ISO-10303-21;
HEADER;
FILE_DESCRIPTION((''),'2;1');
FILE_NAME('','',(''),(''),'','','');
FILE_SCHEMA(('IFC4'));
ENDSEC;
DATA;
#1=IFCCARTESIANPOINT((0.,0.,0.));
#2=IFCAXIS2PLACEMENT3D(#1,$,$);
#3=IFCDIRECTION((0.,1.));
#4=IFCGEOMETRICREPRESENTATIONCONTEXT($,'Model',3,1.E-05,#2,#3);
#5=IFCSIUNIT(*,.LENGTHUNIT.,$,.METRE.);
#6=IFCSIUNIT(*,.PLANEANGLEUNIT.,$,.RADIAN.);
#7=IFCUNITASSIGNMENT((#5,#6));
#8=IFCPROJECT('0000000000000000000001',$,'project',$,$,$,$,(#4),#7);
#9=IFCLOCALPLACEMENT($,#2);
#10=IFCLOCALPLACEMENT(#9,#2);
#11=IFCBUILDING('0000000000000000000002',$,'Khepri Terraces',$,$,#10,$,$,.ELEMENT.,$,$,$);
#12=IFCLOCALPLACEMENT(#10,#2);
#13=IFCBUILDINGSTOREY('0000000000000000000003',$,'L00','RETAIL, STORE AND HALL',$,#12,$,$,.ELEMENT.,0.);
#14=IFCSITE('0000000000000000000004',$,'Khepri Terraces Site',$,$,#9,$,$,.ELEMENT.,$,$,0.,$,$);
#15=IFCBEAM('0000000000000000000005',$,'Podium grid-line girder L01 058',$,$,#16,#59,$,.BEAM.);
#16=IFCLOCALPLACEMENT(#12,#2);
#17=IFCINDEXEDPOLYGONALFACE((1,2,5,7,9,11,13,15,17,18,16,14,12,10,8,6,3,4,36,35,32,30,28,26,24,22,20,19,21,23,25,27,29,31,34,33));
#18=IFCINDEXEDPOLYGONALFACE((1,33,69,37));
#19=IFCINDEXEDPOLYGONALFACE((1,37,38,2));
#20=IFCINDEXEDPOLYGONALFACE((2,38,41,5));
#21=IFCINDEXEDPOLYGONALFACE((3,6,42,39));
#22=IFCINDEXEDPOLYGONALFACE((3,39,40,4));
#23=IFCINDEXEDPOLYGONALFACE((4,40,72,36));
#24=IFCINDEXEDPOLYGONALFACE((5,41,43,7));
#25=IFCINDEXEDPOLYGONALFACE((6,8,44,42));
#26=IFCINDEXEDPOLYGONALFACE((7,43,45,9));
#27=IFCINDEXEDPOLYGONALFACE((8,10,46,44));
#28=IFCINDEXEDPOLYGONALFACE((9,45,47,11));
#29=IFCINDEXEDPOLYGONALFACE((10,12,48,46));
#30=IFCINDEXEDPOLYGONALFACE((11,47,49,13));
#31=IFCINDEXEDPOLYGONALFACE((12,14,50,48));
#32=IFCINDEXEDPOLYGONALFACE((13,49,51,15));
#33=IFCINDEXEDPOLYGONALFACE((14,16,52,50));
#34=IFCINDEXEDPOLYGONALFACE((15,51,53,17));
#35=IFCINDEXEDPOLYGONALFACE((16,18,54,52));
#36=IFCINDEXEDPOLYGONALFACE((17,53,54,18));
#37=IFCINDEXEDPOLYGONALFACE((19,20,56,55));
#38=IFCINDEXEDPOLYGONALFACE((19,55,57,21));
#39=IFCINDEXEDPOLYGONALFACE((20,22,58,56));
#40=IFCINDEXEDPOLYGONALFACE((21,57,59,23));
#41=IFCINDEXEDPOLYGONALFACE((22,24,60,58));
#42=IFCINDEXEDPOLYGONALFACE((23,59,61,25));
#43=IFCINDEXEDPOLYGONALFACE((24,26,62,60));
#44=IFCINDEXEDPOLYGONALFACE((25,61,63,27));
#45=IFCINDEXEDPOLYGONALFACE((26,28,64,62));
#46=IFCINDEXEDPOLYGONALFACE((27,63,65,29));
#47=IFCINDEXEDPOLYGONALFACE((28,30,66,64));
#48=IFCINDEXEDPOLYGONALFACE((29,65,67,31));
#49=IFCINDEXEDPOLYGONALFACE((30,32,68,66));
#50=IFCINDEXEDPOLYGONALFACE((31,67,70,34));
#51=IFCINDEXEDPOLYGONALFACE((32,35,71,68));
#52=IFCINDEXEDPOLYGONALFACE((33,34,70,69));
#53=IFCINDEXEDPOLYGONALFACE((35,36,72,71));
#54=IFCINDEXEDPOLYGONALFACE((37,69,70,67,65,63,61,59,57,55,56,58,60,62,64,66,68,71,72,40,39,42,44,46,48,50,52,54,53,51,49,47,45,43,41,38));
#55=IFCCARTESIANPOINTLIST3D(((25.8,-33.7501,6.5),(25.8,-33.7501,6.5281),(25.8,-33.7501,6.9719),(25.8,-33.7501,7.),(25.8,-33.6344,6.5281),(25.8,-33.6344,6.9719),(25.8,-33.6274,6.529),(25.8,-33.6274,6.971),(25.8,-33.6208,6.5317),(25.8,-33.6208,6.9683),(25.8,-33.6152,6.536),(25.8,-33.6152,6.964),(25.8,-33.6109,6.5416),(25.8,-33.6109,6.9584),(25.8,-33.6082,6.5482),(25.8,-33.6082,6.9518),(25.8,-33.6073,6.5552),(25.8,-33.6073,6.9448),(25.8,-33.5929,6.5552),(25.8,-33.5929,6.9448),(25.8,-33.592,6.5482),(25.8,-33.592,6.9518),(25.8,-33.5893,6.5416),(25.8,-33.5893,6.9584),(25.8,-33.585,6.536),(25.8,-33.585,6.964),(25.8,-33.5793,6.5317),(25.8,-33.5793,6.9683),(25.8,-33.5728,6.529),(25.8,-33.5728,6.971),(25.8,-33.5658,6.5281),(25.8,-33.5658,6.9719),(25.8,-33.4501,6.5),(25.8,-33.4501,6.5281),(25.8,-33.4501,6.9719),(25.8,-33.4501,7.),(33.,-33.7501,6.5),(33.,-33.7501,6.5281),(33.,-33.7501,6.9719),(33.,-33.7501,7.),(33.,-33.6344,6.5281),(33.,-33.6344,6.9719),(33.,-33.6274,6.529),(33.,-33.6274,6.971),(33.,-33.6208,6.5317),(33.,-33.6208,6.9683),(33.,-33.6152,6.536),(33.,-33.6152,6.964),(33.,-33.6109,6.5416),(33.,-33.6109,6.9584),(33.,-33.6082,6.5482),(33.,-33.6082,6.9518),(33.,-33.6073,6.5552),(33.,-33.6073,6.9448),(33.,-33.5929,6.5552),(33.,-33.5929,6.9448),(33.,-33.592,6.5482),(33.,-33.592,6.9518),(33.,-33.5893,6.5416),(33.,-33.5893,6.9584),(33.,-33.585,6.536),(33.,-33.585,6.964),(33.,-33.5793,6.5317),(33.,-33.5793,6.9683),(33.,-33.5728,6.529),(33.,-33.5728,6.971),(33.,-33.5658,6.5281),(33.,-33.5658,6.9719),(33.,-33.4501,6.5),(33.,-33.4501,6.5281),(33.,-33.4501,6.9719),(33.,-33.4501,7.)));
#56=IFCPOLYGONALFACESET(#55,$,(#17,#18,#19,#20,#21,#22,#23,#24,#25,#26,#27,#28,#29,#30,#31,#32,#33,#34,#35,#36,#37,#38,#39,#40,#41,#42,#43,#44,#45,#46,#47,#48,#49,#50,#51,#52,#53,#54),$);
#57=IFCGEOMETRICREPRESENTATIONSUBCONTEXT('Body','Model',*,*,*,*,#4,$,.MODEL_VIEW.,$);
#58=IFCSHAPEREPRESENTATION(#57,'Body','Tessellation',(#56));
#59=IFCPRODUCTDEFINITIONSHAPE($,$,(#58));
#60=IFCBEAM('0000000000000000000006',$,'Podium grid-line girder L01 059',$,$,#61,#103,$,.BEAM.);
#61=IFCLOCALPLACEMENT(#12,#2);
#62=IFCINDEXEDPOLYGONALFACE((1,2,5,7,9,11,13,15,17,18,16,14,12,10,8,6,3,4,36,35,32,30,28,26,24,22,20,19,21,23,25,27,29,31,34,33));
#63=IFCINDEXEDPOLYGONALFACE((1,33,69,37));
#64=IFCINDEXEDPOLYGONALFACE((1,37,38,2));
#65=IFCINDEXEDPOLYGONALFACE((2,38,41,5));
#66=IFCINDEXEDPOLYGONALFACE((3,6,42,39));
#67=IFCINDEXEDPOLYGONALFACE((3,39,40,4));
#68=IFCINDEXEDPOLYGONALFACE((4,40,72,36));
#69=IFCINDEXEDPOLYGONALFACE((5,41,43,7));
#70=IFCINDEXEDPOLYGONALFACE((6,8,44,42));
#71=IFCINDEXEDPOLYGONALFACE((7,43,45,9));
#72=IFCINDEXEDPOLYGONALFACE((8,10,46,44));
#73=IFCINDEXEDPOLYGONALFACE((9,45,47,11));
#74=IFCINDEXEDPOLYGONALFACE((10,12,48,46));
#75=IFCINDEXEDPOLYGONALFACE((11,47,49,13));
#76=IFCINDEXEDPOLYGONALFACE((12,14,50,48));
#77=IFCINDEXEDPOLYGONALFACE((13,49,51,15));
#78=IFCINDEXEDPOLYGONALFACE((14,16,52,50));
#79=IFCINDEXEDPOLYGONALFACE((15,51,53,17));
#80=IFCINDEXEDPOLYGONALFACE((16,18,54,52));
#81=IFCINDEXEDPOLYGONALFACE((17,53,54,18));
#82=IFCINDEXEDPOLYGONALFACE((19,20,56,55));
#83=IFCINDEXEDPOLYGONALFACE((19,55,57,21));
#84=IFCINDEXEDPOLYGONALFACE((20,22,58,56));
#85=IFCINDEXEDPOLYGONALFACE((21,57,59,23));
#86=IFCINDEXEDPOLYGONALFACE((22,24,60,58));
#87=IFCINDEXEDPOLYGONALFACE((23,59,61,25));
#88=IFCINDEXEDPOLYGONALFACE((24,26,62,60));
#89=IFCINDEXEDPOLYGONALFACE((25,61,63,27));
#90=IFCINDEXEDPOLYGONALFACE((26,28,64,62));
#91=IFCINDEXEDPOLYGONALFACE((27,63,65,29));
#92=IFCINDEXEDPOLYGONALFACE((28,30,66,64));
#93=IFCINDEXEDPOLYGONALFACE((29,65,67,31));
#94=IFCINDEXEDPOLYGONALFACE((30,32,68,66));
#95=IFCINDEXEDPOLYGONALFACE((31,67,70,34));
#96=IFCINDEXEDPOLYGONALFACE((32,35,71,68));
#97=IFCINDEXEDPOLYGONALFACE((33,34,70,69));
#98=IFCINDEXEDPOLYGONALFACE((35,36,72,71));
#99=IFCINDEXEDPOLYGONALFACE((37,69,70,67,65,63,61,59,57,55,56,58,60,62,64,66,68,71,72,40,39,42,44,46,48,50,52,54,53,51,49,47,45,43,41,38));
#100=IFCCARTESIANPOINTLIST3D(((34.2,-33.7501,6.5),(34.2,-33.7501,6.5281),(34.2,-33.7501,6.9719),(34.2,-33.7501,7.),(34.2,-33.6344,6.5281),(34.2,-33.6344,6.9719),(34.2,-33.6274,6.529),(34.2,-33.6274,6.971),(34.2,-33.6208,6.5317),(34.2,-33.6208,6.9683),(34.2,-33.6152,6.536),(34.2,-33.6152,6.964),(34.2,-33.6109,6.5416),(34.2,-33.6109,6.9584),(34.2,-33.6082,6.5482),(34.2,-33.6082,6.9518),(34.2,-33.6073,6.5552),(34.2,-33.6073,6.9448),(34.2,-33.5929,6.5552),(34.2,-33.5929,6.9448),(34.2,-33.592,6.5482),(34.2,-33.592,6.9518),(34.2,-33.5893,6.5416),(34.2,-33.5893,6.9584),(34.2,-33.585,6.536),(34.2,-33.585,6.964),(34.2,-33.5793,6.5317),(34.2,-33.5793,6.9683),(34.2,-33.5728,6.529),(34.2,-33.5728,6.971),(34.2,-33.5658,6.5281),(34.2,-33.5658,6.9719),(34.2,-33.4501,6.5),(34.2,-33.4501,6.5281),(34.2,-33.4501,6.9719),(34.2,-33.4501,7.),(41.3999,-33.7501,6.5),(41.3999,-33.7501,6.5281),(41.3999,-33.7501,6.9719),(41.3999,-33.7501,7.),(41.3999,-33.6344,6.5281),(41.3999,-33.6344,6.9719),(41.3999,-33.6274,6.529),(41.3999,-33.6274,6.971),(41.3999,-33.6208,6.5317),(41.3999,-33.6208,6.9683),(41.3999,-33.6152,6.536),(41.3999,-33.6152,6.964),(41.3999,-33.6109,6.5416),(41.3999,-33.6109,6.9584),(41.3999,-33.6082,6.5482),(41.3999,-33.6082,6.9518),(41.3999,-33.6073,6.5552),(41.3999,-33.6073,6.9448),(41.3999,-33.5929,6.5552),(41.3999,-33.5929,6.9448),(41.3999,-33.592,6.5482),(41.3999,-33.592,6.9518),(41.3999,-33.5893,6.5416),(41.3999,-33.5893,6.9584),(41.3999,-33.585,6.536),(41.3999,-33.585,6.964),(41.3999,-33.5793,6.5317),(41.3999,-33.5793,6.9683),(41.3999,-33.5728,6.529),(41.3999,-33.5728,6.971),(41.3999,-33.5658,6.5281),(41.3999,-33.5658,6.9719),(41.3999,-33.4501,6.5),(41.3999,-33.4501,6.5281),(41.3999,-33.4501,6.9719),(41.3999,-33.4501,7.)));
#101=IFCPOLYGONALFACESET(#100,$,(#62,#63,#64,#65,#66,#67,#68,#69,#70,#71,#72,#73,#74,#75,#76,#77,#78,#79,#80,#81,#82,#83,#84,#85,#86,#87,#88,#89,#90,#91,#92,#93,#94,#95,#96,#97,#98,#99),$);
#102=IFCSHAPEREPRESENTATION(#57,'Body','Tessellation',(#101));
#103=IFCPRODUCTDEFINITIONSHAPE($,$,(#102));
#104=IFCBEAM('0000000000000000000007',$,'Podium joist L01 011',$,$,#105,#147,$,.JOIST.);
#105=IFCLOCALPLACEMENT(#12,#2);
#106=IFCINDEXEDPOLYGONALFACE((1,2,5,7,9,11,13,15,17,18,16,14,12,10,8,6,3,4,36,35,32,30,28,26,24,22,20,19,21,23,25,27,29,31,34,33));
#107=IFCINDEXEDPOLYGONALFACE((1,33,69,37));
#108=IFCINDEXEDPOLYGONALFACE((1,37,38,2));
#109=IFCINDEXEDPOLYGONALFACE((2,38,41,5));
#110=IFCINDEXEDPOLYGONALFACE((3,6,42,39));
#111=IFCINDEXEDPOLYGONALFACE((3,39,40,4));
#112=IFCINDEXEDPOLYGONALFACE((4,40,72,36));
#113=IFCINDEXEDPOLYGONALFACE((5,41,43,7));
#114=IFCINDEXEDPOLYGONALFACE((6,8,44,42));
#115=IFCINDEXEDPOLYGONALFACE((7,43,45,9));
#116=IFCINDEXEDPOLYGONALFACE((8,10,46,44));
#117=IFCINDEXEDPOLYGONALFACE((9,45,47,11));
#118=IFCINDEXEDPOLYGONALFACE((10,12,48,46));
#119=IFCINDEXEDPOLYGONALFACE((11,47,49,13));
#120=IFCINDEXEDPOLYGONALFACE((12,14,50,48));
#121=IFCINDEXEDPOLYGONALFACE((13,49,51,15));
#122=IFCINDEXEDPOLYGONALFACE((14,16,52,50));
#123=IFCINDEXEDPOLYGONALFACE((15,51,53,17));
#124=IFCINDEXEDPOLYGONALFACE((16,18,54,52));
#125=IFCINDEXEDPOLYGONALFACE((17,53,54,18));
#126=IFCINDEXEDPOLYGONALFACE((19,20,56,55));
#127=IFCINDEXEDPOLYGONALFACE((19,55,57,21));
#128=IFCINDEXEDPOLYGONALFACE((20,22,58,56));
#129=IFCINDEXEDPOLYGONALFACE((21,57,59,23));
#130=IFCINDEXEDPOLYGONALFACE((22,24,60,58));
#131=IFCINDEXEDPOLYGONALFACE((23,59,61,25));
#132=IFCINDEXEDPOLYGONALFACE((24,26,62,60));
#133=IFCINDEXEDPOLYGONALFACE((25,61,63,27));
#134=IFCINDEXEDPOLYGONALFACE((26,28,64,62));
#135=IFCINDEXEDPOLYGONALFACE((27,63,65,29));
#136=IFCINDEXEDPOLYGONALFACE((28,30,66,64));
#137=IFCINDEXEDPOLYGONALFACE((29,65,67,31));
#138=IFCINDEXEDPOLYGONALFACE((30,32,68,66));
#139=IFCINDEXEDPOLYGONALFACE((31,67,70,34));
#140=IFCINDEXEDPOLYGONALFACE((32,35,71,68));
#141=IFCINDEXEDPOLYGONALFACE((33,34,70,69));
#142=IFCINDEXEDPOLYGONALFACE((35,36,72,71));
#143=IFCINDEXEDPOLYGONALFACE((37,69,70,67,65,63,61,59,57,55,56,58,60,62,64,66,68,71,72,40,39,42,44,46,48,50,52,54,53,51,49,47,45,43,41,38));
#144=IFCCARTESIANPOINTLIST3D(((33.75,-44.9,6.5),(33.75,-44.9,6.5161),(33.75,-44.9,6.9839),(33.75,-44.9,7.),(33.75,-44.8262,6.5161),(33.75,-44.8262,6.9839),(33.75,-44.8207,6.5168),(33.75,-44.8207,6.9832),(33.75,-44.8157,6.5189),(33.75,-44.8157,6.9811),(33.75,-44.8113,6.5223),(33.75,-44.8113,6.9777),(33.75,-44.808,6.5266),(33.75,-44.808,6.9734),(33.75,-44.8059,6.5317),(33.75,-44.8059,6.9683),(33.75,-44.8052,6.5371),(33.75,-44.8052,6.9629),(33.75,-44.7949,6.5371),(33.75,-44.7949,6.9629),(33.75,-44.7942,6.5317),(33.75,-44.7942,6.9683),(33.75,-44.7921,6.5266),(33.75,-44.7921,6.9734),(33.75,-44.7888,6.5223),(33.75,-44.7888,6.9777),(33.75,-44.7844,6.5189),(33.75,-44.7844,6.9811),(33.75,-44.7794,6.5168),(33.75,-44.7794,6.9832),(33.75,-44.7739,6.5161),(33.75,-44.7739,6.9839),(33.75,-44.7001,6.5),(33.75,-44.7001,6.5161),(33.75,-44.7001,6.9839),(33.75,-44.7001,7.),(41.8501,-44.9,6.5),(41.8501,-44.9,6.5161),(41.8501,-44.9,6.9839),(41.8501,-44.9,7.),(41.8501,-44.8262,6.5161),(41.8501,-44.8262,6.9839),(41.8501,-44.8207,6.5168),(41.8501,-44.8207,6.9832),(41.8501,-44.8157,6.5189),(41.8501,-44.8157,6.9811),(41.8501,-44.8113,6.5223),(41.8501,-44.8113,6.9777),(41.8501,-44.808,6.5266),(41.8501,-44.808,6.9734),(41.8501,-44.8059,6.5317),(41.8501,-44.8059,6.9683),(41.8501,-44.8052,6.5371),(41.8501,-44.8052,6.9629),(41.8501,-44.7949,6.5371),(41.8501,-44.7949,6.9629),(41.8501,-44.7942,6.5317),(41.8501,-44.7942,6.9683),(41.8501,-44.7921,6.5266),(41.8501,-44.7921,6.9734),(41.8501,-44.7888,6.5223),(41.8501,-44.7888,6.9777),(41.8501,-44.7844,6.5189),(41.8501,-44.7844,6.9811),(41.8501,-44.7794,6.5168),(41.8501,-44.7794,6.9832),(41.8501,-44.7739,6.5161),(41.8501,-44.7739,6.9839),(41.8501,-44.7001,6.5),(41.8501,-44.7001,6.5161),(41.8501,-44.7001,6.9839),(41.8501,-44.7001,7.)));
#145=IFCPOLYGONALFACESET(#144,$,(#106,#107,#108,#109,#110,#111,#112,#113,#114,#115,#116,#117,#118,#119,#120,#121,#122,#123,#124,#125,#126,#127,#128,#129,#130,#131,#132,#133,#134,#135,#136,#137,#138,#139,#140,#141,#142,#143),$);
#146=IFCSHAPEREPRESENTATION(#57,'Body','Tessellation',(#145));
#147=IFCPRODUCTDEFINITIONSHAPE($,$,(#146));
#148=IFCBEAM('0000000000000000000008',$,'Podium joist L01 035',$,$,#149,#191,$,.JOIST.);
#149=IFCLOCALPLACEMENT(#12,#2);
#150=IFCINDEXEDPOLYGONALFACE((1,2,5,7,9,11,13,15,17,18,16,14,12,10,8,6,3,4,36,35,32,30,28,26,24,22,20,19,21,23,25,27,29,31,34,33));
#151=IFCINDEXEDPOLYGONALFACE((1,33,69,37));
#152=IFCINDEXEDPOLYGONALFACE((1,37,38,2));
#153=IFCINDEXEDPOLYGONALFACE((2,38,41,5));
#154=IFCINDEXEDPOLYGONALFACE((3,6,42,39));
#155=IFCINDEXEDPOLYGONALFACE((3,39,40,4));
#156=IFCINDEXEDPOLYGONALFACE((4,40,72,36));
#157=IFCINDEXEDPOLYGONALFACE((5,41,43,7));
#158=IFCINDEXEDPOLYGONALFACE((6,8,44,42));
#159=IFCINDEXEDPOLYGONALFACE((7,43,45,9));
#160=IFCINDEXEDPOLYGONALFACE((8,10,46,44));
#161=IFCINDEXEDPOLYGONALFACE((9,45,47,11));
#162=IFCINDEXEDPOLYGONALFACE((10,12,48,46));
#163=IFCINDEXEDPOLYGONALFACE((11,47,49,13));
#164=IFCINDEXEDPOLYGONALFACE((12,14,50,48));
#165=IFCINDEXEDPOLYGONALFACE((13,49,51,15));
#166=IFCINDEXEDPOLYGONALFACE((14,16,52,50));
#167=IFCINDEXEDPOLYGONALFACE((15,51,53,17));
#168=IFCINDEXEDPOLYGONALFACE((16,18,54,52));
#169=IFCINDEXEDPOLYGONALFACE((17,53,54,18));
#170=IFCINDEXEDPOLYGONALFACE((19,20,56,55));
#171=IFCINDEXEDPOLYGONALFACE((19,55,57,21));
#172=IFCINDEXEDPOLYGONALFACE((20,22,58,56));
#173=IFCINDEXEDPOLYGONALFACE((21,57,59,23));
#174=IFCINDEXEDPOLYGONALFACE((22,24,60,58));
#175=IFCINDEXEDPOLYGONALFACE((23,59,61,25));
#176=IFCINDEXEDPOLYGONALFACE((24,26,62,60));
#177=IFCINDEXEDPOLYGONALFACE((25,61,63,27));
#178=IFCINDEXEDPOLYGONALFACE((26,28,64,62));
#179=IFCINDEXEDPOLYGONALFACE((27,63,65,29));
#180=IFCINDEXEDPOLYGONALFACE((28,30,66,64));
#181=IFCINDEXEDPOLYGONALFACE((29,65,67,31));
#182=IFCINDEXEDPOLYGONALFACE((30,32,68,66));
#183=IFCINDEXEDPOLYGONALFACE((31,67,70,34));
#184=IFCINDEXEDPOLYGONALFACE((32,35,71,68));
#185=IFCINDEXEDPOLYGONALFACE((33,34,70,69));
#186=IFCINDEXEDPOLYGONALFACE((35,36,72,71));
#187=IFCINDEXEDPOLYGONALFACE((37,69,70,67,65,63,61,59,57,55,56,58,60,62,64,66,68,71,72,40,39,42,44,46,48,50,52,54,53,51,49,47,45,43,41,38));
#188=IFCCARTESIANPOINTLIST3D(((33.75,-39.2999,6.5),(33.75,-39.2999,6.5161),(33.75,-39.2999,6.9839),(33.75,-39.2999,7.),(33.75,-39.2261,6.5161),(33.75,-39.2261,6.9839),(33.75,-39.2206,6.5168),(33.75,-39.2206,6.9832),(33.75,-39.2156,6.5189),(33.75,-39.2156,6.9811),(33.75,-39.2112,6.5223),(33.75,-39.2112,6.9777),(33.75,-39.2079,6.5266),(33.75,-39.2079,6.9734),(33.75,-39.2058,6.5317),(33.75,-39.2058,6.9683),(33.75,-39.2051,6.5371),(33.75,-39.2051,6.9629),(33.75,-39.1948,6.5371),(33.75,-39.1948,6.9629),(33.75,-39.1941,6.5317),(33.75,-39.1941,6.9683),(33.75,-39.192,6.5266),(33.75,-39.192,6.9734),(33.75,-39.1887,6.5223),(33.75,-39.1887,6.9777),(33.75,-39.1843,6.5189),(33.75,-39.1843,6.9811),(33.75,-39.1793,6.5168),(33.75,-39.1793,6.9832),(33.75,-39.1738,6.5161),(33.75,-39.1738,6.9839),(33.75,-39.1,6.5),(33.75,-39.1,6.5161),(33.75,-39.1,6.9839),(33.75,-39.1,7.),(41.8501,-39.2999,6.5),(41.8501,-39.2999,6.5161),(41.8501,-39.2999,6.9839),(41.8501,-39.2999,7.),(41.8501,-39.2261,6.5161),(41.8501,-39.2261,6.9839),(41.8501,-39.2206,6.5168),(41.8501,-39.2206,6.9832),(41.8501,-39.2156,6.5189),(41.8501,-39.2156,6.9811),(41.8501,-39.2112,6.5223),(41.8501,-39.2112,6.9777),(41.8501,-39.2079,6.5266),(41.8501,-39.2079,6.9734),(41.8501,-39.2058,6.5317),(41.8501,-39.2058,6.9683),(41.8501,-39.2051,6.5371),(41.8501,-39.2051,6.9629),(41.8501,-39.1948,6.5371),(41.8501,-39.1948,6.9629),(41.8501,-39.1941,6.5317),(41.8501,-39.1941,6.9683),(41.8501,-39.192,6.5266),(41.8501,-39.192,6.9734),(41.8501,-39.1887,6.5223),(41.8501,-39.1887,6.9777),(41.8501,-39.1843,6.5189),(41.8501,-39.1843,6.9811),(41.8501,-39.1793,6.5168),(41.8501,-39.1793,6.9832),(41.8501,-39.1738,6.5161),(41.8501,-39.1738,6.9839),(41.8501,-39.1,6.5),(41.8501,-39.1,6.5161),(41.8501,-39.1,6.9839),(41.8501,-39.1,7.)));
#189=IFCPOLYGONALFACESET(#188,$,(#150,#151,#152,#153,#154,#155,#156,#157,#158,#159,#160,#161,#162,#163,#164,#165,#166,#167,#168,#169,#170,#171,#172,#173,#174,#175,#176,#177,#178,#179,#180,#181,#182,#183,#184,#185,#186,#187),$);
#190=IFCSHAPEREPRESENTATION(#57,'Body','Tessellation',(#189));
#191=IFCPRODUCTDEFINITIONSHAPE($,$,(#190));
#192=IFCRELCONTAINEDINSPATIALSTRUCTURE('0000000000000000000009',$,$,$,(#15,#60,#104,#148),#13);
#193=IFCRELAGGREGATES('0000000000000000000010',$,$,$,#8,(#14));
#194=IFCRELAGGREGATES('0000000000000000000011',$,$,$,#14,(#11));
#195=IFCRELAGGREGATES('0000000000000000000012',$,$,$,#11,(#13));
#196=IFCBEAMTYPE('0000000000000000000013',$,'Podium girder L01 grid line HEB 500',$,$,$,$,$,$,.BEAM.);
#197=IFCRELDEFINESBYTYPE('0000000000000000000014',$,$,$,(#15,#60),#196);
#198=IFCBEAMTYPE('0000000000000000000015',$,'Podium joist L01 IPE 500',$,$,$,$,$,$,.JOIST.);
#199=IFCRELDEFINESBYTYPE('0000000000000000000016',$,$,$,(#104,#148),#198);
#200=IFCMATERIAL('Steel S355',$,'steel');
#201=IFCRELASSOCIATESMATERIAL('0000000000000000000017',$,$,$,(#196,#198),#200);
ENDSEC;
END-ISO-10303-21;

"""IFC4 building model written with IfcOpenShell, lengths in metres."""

from ifc_helpers import new_model, si_unit, direction, frame, origin, origin_2d, place, context, subcontext, project, spatial, i_section, extrude, material, material_profile, profile_set, type_object, element, save


model = new_model("IFC4")

# Units and contexts
model_context = context("Model", 3, precision=1e-05, world=origin(), true_north=direction((0.0, 1.0)))
body_context = subcontext(model_context, "Body", "Model", "MODEL_VIEW")
ifc_project = project(units=[si_unit("LENGTHUNIT", "METRE"), si_unit("PLANEANGLEUNIT", "RADIAN")], contexts=[model_context])

# Site, building, storey
site_placement = place(None, origin())
site = spatial("IfcSite", under=ifc_project, at=site_placement, Name="Khepri Terraces Site", CompositionType="ELEMENT", RefElevation=0.0)
building_placement = place(site_placement, origin())
building = spatial("IfcBuilding", under=site, at=building_placement, Name="Khepri Terraces", CompositionType="ELEMENT")
storey_placement = place(building_placement, origin())
storey = spatial("IfcBuildingStorey", under=building, at=storey_placement, Name="L00", Description="RETAIL, STORE AND HALL", CompositionType="ELEMENT", Elevation=0.0)

# Beams
ifc_material_1 = material(Name="Steel S355", Category="steel")
ifc_material_profile_1 = material_profile(ifc_material_1, i_section(OverallWidth=0.3, OverallDepth=0.5, WebThickness=0.0144, FlangeThickness=0.0281, FilletRadius=0.0271, at=origin_2d()), Name="Steel S355", Category="steel")
ifc_profile_set_1 = profile_set([ifc_material_profile_1], Name="Steel S355")
beam_type_1 = type_object("IfcBeamType", Name="Podium girder L01 grid line HEB 500", PredefinedType="BEAM", material=ifc_profile_set_1)
for number, where, z_axis, x_axis, name in (
    (1, (25.8, -33.6001, 6.75), (1.0, 0.0, 0.0), (0.0, 1.0, 0.0), "Podium grid-line girder L01 058"),
    (2, (34.2, -33.6001, 6.75), (1.0, 0.0, 0.0), (0.0, 1.0, 0.0), "Podium grid-line girder L01 059"),
):
    element("IfcBeam", number, at=place(storey_placement, frame(where, z_axis=z_axis, x_axis=x_axis)), inside=storey, type_object=beam_type_1, Name=name, PredefinedType="BEAM", context=body_context, shape_type="SweptSolid", body=[
        extrude(i_section(OverallWidth=0.3, OverallDepth=0.5, WebThickness=0.0144, FlangeThickness=0.0281, FilletRadius=0.0271, at=origin_2d()), origin(), (0.0, 0.0, 1.0), 7.2),
    ])
ifc_material_profile_2 = material_profile(ifc_material_1, i_section(OverallWidth=0.2, OverallDepth=0.5, WebThickness=0.0103, FlangeThickness=0.0161, FilletRadius=0.021, at=origin_2d()), Name="Steel S355", Category="steel")
ifc_profile_set_2 = profile_set([ifc_material_profile_2], Name="Steel S355")
beam_type_2 = type_object("IfcBeamType", Name="Podium joist L01 IPE 500", PredefinedType="JOIST", material=ifc_profile_set_2)
for number, where, z_axis, x_axis, name in (
    (3, (33.75, -44.8, 6.75), (1.0, 0.0, 0.0), (0.0, 1.0, 0.0), "Podium joist L01 011"),
    (4, (33.75, -39.2, 6.75), (1.0, 0.0, 0.0), (0.0, 1.0, 0.0), "Podium joist L01 035"),
):
    element("IfcBeam", number, at=place(storey_placement, frame(where, z_axis=z_axis, x_axis=x_axis)), inside=storey, type_object=beam_type_2, Name=name, PredefinedType="JOIST", context=body_context, shape_type="SweptSolid", body=[
        extrude(i_section(OverallWidth=0.2, OverallDepth=0.5, WebThickness=0.0103, FlangeThickness=0.0161, FilletRadius=0.021, at=origin_2d()), origin(), (0.0, 0.0, 1.0), 8.1001),
    ])

save(model, "model.ifc")
